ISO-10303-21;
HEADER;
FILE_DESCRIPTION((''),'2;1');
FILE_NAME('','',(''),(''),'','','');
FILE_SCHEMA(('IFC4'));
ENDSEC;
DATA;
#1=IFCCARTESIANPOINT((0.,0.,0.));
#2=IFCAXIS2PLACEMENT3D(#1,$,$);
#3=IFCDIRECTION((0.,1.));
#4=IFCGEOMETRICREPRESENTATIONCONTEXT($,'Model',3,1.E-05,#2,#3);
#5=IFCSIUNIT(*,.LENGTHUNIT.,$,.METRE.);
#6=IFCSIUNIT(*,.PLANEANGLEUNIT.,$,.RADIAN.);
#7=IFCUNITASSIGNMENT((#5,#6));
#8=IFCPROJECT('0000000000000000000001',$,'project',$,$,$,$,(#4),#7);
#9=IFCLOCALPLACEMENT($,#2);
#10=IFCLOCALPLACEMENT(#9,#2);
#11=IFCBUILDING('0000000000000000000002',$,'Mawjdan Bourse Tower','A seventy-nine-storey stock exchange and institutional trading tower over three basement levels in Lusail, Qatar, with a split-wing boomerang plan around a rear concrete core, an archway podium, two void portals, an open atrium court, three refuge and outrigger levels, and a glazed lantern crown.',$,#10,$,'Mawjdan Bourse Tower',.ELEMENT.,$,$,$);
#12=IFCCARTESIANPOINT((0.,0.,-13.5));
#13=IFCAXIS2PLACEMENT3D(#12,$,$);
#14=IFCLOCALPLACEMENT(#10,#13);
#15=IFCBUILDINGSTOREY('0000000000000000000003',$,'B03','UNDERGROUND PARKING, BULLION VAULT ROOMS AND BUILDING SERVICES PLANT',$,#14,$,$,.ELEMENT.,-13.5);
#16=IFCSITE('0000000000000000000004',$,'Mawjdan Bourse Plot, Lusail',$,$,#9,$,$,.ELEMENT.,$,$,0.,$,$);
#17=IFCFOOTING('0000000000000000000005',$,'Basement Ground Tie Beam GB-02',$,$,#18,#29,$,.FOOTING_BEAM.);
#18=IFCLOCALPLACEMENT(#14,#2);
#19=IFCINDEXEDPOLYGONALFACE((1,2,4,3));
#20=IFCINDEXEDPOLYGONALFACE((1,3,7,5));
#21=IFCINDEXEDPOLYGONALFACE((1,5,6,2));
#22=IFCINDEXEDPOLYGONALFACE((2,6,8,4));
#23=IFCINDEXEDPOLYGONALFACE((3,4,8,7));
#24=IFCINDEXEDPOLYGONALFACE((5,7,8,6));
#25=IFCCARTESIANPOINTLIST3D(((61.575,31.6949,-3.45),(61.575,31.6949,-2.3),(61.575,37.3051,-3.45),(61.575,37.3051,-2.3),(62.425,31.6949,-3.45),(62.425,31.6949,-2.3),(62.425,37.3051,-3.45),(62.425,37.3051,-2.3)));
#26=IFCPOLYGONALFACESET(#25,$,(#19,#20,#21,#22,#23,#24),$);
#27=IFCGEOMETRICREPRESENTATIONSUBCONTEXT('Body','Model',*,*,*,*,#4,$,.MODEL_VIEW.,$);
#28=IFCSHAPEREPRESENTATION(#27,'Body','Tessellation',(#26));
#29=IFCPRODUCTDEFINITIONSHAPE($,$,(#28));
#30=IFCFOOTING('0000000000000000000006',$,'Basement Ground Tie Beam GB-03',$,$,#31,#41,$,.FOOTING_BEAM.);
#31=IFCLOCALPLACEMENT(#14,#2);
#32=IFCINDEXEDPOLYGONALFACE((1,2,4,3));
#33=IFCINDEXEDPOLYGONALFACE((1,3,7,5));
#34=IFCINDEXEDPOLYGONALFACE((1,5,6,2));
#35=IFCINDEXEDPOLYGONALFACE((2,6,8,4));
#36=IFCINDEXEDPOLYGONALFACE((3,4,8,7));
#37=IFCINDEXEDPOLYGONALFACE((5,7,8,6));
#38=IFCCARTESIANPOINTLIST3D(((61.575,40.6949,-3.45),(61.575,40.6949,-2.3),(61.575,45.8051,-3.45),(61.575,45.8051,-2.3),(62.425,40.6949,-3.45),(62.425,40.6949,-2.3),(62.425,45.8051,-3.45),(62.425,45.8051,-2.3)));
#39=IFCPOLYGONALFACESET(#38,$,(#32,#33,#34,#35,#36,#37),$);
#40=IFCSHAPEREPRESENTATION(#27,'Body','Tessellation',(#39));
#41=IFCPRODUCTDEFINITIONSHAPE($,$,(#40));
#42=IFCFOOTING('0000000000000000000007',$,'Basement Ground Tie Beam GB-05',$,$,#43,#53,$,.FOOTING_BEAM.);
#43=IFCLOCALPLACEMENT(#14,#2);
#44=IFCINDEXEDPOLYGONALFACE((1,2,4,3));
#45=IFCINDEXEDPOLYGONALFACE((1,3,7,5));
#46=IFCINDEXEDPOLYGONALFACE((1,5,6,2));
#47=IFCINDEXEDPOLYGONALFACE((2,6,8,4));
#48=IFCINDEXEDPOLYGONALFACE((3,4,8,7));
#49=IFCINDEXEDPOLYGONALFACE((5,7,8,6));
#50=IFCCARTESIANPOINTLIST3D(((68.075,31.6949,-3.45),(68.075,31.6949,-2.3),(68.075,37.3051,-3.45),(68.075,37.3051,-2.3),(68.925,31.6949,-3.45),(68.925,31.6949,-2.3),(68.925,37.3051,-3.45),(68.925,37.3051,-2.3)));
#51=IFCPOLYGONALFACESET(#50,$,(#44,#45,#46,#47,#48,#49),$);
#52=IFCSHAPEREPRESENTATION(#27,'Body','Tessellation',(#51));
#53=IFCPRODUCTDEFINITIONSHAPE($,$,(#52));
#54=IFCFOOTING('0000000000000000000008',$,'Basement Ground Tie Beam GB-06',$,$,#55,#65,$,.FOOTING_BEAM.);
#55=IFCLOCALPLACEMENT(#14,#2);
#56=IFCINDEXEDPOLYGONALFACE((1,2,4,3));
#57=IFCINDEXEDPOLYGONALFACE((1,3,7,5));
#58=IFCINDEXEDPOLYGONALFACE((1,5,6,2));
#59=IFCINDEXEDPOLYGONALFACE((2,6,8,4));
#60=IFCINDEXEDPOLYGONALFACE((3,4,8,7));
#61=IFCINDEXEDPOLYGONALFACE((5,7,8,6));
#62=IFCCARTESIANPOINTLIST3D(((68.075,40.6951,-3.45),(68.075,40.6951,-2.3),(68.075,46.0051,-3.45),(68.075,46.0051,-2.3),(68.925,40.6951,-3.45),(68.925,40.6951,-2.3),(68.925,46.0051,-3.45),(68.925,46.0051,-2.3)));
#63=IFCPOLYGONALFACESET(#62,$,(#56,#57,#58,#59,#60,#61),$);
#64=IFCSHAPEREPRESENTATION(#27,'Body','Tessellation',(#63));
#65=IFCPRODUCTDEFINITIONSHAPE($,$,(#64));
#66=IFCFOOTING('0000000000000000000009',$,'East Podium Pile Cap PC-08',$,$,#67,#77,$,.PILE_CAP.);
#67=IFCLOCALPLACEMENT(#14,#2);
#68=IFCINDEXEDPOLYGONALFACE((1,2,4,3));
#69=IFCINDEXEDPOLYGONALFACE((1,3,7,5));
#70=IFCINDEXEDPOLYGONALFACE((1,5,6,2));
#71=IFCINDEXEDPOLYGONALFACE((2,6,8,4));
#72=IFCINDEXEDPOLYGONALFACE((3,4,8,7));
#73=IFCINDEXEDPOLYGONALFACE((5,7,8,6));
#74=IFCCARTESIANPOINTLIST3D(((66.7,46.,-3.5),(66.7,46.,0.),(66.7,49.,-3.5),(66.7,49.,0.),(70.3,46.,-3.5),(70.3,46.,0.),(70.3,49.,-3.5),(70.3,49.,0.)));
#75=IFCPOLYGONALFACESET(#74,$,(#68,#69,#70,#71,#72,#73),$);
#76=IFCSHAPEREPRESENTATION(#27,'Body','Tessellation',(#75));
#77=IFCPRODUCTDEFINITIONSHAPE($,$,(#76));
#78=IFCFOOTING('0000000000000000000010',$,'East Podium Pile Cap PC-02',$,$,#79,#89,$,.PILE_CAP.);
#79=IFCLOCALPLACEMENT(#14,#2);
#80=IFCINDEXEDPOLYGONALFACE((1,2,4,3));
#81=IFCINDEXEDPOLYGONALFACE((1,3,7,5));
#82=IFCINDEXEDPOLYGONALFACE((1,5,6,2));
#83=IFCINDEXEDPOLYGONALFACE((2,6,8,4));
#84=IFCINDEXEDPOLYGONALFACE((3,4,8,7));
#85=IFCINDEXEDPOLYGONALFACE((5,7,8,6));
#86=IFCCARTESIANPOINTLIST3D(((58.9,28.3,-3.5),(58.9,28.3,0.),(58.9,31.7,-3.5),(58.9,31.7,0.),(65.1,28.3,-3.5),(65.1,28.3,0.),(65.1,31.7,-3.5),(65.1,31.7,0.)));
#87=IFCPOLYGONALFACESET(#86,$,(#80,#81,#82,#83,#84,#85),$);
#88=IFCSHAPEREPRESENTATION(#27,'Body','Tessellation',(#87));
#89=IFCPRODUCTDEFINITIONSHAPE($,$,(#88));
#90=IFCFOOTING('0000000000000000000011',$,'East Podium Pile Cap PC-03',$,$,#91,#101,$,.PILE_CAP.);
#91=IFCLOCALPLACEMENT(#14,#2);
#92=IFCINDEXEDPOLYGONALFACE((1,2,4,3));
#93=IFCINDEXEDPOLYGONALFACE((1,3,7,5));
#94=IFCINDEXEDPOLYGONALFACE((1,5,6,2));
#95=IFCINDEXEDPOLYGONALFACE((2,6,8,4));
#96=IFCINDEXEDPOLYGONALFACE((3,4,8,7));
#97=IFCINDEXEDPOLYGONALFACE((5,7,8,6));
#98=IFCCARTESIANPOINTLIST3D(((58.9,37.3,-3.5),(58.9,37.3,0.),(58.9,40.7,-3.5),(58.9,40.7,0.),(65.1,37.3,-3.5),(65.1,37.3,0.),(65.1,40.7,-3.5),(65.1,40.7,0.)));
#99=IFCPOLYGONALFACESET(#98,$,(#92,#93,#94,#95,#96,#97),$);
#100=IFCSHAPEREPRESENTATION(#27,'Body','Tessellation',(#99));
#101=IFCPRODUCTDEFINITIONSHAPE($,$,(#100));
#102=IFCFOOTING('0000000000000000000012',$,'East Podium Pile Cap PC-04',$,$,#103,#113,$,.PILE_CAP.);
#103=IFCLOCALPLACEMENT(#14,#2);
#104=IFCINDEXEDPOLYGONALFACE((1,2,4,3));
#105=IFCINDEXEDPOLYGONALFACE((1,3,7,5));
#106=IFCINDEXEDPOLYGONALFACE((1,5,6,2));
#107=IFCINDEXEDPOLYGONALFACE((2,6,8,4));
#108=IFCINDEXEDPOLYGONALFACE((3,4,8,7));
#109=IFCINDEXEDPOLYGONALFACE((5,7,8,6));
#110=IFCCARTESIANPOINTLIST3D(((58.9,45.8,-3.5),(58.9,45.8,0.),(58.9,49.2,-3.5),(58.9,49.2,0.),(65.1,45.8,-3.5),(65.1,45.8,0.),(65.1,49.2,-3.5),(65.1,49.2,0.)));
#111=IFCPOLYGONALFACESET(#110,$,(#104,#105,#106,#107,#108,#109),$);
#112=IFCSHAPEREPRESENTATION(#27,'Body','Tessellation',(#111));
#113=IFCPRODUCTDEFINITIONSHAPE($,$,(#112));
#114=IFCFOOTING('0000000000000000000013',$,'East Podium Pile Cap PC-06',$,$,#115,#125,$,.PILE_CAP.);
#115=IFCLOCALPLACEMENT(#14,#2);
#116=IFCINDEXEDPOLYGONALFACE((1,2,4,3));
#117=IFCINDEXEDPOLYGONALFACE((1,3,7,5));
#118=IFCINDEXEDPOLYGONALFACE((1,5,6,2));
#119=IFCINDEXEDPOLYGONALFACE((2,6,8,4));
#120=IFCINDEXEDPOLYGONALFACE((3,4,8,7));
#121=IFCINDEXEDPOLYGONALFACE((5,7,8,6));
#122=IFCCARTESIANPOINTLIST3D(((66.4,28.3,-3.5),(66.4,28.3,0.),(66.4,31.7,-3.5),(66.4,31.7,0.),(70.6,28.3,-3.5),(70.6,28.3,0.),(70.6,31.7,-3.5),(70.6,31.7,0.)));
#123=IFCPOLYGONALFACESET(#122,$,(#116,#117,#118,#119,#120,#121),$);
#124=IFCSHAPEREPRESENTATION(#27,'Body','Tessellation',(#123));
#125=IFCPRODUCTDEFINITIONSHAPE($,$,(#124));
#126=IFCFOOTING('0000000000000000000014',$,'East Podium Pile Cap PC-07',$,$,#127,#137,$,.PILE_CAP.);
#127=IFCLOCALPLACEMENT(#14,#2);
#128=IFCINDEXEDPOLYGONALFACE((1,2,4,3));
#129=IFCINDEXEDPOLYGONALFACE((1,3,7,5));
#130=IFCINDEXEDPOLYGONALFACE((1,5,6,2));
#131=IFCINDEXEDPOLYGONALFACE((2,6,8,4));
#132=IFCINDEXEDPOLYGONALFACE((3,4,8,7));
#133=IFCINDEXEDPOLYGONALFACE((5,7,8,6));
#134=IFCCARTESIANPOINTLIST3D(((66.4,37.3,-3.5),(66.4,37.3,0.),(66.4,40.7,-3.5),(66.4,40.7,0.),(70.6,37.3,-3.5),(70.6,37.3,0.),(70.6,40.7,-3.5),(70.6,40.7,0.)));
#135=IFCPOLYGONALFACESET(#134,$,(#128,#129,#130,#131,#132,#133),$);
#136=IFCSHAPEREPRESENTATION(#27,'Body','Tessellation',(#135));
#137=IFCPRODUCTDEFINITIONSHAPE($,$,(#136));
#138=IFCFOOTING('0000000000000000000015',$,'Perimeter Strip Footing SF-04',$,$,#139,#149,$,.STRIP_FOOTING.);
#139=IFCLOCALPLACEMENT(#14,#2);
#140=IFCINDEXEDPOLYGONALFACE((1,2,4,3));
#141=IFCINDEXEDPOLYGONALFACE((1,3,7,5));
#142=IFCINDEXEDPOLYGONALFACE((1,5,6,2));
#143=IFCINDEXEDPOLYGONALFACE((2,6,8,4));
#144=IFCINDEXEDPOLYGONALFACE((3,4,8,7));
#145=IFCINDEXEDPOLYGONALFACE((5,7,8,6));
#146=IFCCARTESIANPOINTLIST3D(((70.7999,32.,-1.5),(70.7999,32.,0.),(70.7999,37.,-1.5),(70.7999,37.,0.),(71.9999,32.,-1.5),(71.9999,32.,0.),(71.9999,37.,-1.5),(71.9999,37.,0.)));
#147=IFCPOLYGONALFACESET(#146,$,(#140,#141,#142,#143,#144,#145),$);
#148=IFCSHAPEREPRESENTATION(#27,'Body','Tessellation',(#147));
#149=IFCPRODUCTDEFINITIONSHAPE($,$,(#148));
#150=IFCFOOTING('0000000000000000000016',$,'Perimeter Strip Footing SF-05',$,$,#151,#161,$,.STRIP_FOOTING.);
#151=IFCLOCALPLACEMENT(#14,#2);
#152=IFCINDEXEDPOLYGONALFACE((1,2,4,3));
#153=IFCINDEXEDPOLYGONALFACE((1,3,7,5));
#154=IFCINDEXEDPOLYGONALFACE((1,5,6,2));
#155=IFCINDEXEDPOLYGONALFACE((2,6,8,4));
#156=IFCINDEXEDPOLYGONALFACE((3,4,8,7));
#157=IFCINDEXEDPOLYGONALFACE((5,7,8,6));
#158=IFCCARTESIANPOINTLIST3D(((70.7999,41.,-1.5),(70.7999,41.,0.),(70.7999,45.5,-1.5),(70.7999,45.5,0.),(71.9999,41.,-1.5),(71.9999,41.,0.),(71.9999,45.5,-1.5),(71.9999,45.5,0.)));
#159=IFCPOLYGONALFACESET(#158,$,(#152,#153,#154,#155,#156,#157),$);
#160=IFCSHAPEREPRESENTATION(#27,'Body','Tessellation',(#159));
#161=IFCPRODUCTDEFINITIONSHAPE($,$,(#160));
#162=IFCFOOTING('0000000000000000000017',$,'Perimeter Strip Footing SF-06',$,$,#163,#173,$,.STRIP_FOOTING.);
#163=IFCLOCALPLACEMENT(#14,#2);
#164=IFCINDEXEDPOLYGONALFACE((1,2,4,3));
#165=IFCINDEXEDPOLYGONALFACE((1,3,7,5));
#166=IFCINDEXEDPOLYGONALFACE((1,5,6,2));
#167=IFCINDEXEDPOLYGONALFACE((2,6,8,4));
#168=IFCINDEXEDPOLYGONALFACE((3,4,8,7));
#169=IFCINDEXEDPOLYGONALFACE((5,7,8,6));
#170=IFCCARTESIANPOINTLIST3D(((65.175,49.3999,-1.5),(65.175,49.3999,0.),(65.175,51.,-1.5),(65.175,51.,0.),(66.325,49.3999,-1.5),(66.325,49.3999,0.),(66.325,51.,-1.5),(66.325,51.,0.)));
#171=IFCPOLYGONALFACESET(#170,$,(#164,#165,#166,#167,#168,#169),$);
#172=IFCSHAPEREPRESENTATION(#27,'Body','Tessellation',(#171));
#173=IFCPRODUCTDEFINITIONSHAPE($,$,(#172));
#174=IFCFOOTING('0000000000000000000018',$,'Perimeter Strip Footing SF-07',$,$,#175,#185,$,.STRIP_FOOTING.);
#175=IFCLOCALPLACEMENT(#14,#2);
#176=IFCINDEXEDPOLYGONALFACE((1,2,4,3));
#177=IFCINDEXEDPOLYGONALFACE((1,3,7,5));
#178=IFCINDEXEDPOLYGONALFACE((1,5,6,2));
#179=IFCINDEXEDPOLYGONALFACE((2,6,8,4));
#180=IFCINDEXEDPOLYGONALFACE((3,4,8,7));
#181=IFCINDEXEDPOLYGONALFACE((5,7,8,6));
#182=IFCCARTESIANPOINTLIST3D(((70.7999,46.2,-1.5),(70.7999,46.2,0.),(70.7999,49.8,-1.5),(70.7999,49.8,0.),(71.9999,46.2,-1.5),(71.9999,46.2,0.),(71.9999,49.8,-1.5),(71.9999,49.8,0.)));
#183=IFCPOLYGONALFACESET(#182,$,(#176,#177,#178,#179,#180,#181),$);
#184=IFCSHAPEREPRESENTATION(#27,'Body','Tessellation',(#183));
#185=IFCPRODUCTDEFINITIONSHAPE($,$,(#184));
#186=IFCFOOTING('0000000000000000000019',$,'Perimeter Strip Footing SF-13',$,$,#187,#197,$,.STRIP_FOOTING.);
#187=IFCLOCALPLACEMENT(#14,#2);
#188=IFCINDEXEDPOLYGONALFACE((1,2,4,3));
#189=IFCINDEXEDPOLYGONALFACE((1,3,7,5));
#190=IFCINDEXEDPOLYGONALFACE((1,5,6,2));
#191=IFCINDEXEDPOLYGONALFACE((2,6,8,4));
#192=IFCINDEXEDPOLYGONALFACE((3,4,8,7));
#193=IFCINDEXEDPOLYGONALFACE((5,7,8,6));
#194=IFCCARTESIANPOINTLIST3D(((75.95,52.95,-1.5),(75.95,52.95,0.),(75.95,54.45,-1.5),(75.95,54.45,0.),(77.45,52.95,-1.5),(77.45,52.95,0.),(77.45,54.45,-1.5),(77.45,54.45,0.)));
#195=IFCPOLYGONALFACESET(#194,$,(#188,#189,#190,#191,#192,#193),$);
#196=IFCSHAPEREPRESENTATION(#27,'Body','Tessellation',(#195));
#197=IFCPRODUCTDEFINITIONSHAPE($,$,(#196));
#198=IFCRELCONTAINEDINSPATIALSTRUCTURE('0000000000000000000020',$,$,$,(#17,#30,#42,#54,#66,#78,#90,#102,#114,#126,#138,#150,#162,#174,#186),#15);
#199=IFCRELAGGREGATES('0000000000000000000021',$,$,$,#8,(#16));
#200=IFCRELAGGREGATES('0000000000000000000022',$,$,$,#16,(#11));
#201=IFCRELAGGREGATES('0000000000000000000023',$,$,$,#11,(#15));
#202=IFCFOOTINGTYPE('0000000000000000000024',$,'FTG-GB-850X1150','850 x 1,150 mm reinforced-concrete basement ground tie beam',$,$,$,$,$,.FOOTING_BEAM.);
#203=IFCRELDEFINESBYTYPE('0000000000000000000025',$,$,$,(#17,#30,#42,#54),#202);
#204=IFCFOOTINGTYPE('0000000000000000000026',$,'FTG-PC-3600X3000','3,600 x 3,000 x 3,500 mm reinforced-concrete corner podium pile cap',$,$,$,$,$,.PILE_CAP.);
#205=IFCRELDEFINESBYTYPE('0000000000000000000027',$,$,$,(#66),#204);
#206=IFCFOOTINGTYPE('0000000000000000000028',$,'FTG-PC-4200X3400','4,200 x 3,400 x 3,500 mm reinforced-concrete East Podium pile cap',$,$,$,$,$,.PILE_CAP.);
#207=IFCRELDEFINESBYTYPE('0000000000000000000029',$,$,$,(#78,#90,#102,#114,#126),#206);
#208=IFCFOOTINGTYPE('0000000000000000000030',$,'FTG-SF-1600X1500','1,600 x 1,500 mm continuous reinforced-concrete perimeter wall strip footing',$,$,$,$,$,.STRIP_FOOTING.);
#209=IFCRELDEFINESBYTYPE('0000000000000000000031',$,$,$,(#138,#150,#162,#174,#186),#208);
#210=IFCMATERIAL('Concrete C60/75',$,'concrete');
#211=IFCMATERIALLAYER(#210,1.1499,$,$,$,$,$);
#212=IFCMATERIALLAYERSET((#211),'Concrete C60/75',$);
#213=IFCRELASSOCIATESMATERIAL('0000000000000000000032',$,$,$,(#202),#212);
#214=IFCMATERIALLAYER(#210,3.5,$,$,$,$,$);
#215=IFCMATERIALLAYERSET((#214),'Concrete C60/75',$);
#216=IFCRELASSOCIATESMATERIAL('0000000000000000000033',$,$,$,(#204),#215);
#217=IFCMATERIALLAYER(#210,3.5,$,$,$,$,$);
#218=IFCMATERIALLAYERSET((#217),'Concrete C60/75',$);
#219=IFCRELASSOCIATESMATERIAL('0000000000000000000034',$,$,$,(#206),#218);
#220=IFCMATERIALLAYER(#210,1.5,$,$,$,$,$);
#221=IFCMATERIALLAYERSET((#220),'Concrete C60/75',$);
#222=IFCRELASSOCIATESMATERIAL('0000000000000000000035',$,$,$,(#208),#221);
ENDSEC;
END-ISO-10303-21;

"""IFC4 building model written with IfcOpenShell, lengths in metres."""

from ifc_helpers import new_model, si_unit, direction, frame, origin, origin_2d, place, context, subcontext, project, spatial, rectangle, extrude, material, layer, layer_set, type_object, element, save


model = new_model("IFC4")

# Units and contexts
model_context = context("Model", 3, precision=1e-05, world=origin(), true_north=direction((0.0, 1.0)))
body_context = subcontext(model_context, "Body", "Model", "MODEL_VIEW")
ifc_project = project(units=[si_unit("LENGTHUNIT", "METRE"), si_unit("PLANEANGLEUNIT", "RADIAN")], contexts=[model_context])

# Site, building, storey
site_placement = place(None, origin())
site = spatial("IfcSite", under=ifc_project, at=site_placement, Name="Mawjdan Bourse Plot, Lusail", CompositionType="ELEMENT", RefElevation=0.0)
building_placement = place(site_placement, origin())
building = spatial("IfcBuilding", under=site, at=building_placement, Name="Mawjdan Bourse Tower", Description="A seventy-nine-storey stock exchange and institutional trading tower over three basement levels in Lusail, Qatar, with a split-wing boomerang plan around a rear concrete core, an archway podium, two void portals, an open atrium court, three refuge and outrigger levels, and a glazed lantern crown.", LongName="Mawjdan Bourse Tower", CompositionType="ELEMENT")
storey_placement = place(building_placement, frame((0.0, 0.0, -13.5)))
storey = spatial("IfcBuildingStorey", under=building, at=storey_placement, Name="B03", Description="UNDERGROUND PARKING, BULLION VAULT ROOMS AND BUILDING SERVICES PLANT", CompositionType="ELEMENT", Elevation=-13.5)

# Footings
ifc_material_1 = material(Name="Concrete C60/75", Category="concrete")
ifc_layer_1 = layer(ifc_material_1, 1.1499)
ifc_layer_set_1 = layer_set([ifc_layer_1], Name="Concrete C60/75")
footing_type_1 = type_object("IfcFootingType", Name="FTG-GB-850X1150", Description="850 x 1,150 mm reinforced-concrete basement ground tie beam", PredefinedType="FOOTING_BEAM", material=ifc_layer_set_1)
footing_1_placement = place(storey_placement, frame((62.0, 34.5, -3.45), z_axis=(0.0, 0.0, 1.0), x_axis=(1.0, 0.0, 0.0)))
element("IfcFooting", 1, at=footing_1_placement, inside=storey, type_object=footing_type_1, Name="Basement Ground Tie Beam GB-02", PredefinedType="FOOTING_BEAM", context=body_context, shape_type="SweptSolid", body=[
    extrude(rectangle(XDim=0.8501, YDim=5.6101, at=origin_2d()), origin(), (0.0, 0.0, 1.0), 1.1499),
])
footing_2_placement = place(storey_placement, frame((62.0, 43.25, -3.45), z_axis=(0.0, 0.0, 1.0), x_axis=(1.0, 0.0, 0.0)))
element("IfcFooting", 2, at=footing_2_placement, inside=storey, type_object=footing_type_1, Name="Basement Ground Tie Beam GB-03", PredefinedType="FOOTING_BEAM", context=body_context, shape_type="SweptSolid", body=[
    extrude(rectangle(XDim=0.8501, YDim=5.1101, at=origin_2d()), origin(), (0.0, 0.0, 1.0), 1.1499),
])
footing_3_placement = place(storey_placement, frame((68.5, 34.5, -3.45), z_axis=(0.0, 0.0, 1.0), x_axis=(1.0, 0.0, 0.0)))
element("IfcFooting", 3, at=footing_3_placement, inside=storey, type_object=footing_type_1, Name="Basement Ground Tie Beam GB-05", PredefinedType="FOOTING_BEAM", context=body_context, shape_type="SweptSolid", body=[
    extrude(rectangle(XDim=0.8501, YDim=5.6101, at=origin_2d()), origin(), (0.0, 0.0, 1.0), 1.1499),
])
footing_4_placement = place(storey_placement, frame((68.5, 43.3501, -3.45), z_axis=(0.0, 0.0, 1.0), x_axis=(1.0, 0.0, 0.0)))
element("IfcFooting", 4, at=footing_4_placement, inside=storey, type_object=footing_type_1, Name="Basement Ground Tie Beam GB-06", PredefinedType="FOOTING_BEAM", context=body_context, shape_type="SweptSolid", body=[
    extrude(rectangle(XDim=0.8501, YDim=5.3101, at=origin_2d()), origin(), (0.0, 0.0, 1.0), 1.1499),
])
ifc_layer_2 = layer(ifc_material_1, 3.5)
ifc_layer_set_2 = layer_set([ifc_layer_2], Name="Concrete C60/75")
footing_type_2 = type_object("IfcFootingType", Name="FTG-PC-3600X3000", Description="3,600 x 3,000 x 3,500 mm reinforced-concrete corner podium pile cap", PredefinedType="PILE_CAP", material=ifc_layer_set_2)
footing_5_placement = place(storey_placement, frame((68.5, 47.5, -3.5), z_axis=(0.0, 0.0, 1.0), x_axis=(1.0, 0.0, 0.0)))
element("IfcFooting", 5, at=footing_5_placement, inside=storey, type_object=footing_type_2, Name="East Podium Pile Cap PC-08", PredefinedType="PILE_CAP", context=body_context, shape_type="SweptSolid", body=[
    extrude(rectangle(XDim=3.6001, YDim=3.0, at=origin_2d()), origin(), (0.0, 0.0, 1.0), 3.5),
])
ifc_layer_3 = layer(ifc_material_1, 3.5)
ifc_layer_set_3 = layer_set([ifc_layer_3], Name="Concrete C60/75")
footing_type_3 = type_object("IfcFootingType", Name="FTG-PC-4200X3400", Description="4,200 x 3,400 x 3,500 mm reinforced-concrete East Podium pile cap", PredefinedType="PILE_CAP", material=ifc_layer_set_3)
for number, where, z_axis, x_axis, name in (
    (6, (62.0, 30.0, -3.5), (0.0, 0.0, 1.0), (1.0, 0.0, 0.0), "East Podium Pile Cap PC-02"),
    (7, (62.0, 39.0, -3.5), (0.0, 0.0, 1.0), (1.0, 0.0, 0.0), "East Podium Pile Cap PC-03"),
    (8, (62.0, 47.5, -3.5), (0.0, 0.0, 1.0), (1.0, 0.0, 0.0), "East Podium Pile Cap PC-04"),
):
    element("IfcFooting", number, at=place(storey_placement, frame(where, z_axis=z_axis, x_axis=x_axis)), inside=storey, type_object=footing_type_3, Name=name, PredefinedType="PILE_CAP", context=body_context, shape_type="SweptSolid", body=[
        extrude(rectangle(XDim=6.2, YDim=3.3999, at=origin_2d()), origin(), (0.0, 0.0, 1.0), 3.5),
    ])
for number, where, z_axis, x_axis, name in (
    (9, (68.5, 30.0, -3.5), (0.0, 0.0, 1.0), (1.0, 0.0, 0.0), "East Podium Pile Cap PC-06"),
    (10, (68.5, 39.0, -3.5), (0.0, 0.0, 1.0), (1.0, 0.0, 0.0), "East Podium Pile Cap PC-07"),
):
    element("IfcFooting", number, at=place(storey_placement, frame(where, z_axis=z_axis, x_axis=x_axis)), inside=storey, type_object=footing_type_3, Name=name, PredefinedType="PILE_CAP", context=body_context, shape_type="SweptSolid", body=[
        extrude(rectangle(XDim=4.2, YDim=3.3999, at=origin_2d()), origin(), (0.0, 0.0, 1.0), 3.5),
    ])
ifc_layer_4 = layer(ifc_material_1, 1.5)
ifc_layer_set_4 = layer_set([ifc_layer_4], Name="Concrete C60/75")
footing_type_4 = type_object("IfcFootingType", Name="FTG-SF-1600X1500", Description="1,600 x 1,500 mm continuous reinforced-concrete perimeter wall strip footing", PredefinedType="STRIP_FOOTING", material=ifc_layer_set_4)
footing_6_placement = place(storey_placement, frame((71.3999, 34.5, -1.5), z_axis=(0.0, 0.0, 1.0), x_axis=(1.0, 0.0, 0.0)))
element("IfcFooting", 11, at=footing_6_placement, inside=storey, type_object=footing_type_4, Name="Perimeter Strip Footing SF-04", PredefinedType="STRIP_FOOTING", context=body_context, shape_type="SweptSolid", body=[
    extrude(rectangle(XDim=1.2, YDim=5.0, at=origin_2d()), origin(), (0.0, 0.0, 1.0), 1.5),
])
footing_7_placement = place(storey_placement, frame((71.3999, 43.25, -1.5), z_axis=(0.0, 0.0, 1.0), x_axis=(1.0, 0.0, 0.0)))
element("IfcFooting", 12, at=footing_7_placement, inside=storey, type_object=footing_type_4, Name="Perimeter Strip Footing SF-05", PredefinedType="STRIP_FOOTING", context=body_context, shape_type="SweptSolid", body=[
    extrude(rectangle(XDim=1.2, YDim=4.5, at=origin_2d()), origin(), (0.0, 0.0, 1.0), 1.5),
])
footing_8_placement = place(storey_placement, frame((65.75, 50.2, -1.5), z_axis=(0.0, 0.0, 1.0), x_axis=(1.0, 0.0, 0.0)))
element("IfcFooting", 13, at=footing_8_placement, inside=storey, type_object=footing_type_4, Name="Perimeter Strip Footing SF-06", PredefinedType="STRIP_FOOTING", context=body_context, shape_type="SweptSolid", body=[
    extrude(rectangle(XDim=1.1499, YDim=1.6001, at=origin_2d()), origin(), (0.0, 0.0, 1.0), 1.5),
])
footing_9_placement = place(storey_placement, frame((71.3999, 48.0, -1.5), z_axis=(0.0, 0.0, 1.0), x_axis=(1.0, 0.0, 0.0)))
element("IfcFooting", 14, at=footing_9_placement, inside=storey, type_object=footing_type_4, Name="Perimeter Strip Footing SF-07", PredefinedType="STRIP_FOOTING", context=body_context, shape_type="SweptSolid", body=[
    extrude(rectangle(XDim=1.2, YDim=3.6001, at=origin_2d()), origin(), (0.0, 0.0, 1.0), 1.5),
])
footing_10_placement = place(storey_placement, frame((76.7, 53.7, -1.5), z_axis=(0.0, 0.0, 1.0), x_axis=(1.0, 0.0, 0.0)))
element("IfcFooting", 15, at=footing_10_placement, inside=storey, type_object=footing_type_4, Name="Perimeter Strip Footing SF-13", PredefinedType="STRIP_FOOTING", context=body_context, shape_type="SweptSolid", body=[
    extrude(rectangle(XDim=1.5, YDim=1.5, at=origin_2d()), origin(), (0.0, 0.0, 1.0), 1.5),
])

save(model, "model.ifc")
